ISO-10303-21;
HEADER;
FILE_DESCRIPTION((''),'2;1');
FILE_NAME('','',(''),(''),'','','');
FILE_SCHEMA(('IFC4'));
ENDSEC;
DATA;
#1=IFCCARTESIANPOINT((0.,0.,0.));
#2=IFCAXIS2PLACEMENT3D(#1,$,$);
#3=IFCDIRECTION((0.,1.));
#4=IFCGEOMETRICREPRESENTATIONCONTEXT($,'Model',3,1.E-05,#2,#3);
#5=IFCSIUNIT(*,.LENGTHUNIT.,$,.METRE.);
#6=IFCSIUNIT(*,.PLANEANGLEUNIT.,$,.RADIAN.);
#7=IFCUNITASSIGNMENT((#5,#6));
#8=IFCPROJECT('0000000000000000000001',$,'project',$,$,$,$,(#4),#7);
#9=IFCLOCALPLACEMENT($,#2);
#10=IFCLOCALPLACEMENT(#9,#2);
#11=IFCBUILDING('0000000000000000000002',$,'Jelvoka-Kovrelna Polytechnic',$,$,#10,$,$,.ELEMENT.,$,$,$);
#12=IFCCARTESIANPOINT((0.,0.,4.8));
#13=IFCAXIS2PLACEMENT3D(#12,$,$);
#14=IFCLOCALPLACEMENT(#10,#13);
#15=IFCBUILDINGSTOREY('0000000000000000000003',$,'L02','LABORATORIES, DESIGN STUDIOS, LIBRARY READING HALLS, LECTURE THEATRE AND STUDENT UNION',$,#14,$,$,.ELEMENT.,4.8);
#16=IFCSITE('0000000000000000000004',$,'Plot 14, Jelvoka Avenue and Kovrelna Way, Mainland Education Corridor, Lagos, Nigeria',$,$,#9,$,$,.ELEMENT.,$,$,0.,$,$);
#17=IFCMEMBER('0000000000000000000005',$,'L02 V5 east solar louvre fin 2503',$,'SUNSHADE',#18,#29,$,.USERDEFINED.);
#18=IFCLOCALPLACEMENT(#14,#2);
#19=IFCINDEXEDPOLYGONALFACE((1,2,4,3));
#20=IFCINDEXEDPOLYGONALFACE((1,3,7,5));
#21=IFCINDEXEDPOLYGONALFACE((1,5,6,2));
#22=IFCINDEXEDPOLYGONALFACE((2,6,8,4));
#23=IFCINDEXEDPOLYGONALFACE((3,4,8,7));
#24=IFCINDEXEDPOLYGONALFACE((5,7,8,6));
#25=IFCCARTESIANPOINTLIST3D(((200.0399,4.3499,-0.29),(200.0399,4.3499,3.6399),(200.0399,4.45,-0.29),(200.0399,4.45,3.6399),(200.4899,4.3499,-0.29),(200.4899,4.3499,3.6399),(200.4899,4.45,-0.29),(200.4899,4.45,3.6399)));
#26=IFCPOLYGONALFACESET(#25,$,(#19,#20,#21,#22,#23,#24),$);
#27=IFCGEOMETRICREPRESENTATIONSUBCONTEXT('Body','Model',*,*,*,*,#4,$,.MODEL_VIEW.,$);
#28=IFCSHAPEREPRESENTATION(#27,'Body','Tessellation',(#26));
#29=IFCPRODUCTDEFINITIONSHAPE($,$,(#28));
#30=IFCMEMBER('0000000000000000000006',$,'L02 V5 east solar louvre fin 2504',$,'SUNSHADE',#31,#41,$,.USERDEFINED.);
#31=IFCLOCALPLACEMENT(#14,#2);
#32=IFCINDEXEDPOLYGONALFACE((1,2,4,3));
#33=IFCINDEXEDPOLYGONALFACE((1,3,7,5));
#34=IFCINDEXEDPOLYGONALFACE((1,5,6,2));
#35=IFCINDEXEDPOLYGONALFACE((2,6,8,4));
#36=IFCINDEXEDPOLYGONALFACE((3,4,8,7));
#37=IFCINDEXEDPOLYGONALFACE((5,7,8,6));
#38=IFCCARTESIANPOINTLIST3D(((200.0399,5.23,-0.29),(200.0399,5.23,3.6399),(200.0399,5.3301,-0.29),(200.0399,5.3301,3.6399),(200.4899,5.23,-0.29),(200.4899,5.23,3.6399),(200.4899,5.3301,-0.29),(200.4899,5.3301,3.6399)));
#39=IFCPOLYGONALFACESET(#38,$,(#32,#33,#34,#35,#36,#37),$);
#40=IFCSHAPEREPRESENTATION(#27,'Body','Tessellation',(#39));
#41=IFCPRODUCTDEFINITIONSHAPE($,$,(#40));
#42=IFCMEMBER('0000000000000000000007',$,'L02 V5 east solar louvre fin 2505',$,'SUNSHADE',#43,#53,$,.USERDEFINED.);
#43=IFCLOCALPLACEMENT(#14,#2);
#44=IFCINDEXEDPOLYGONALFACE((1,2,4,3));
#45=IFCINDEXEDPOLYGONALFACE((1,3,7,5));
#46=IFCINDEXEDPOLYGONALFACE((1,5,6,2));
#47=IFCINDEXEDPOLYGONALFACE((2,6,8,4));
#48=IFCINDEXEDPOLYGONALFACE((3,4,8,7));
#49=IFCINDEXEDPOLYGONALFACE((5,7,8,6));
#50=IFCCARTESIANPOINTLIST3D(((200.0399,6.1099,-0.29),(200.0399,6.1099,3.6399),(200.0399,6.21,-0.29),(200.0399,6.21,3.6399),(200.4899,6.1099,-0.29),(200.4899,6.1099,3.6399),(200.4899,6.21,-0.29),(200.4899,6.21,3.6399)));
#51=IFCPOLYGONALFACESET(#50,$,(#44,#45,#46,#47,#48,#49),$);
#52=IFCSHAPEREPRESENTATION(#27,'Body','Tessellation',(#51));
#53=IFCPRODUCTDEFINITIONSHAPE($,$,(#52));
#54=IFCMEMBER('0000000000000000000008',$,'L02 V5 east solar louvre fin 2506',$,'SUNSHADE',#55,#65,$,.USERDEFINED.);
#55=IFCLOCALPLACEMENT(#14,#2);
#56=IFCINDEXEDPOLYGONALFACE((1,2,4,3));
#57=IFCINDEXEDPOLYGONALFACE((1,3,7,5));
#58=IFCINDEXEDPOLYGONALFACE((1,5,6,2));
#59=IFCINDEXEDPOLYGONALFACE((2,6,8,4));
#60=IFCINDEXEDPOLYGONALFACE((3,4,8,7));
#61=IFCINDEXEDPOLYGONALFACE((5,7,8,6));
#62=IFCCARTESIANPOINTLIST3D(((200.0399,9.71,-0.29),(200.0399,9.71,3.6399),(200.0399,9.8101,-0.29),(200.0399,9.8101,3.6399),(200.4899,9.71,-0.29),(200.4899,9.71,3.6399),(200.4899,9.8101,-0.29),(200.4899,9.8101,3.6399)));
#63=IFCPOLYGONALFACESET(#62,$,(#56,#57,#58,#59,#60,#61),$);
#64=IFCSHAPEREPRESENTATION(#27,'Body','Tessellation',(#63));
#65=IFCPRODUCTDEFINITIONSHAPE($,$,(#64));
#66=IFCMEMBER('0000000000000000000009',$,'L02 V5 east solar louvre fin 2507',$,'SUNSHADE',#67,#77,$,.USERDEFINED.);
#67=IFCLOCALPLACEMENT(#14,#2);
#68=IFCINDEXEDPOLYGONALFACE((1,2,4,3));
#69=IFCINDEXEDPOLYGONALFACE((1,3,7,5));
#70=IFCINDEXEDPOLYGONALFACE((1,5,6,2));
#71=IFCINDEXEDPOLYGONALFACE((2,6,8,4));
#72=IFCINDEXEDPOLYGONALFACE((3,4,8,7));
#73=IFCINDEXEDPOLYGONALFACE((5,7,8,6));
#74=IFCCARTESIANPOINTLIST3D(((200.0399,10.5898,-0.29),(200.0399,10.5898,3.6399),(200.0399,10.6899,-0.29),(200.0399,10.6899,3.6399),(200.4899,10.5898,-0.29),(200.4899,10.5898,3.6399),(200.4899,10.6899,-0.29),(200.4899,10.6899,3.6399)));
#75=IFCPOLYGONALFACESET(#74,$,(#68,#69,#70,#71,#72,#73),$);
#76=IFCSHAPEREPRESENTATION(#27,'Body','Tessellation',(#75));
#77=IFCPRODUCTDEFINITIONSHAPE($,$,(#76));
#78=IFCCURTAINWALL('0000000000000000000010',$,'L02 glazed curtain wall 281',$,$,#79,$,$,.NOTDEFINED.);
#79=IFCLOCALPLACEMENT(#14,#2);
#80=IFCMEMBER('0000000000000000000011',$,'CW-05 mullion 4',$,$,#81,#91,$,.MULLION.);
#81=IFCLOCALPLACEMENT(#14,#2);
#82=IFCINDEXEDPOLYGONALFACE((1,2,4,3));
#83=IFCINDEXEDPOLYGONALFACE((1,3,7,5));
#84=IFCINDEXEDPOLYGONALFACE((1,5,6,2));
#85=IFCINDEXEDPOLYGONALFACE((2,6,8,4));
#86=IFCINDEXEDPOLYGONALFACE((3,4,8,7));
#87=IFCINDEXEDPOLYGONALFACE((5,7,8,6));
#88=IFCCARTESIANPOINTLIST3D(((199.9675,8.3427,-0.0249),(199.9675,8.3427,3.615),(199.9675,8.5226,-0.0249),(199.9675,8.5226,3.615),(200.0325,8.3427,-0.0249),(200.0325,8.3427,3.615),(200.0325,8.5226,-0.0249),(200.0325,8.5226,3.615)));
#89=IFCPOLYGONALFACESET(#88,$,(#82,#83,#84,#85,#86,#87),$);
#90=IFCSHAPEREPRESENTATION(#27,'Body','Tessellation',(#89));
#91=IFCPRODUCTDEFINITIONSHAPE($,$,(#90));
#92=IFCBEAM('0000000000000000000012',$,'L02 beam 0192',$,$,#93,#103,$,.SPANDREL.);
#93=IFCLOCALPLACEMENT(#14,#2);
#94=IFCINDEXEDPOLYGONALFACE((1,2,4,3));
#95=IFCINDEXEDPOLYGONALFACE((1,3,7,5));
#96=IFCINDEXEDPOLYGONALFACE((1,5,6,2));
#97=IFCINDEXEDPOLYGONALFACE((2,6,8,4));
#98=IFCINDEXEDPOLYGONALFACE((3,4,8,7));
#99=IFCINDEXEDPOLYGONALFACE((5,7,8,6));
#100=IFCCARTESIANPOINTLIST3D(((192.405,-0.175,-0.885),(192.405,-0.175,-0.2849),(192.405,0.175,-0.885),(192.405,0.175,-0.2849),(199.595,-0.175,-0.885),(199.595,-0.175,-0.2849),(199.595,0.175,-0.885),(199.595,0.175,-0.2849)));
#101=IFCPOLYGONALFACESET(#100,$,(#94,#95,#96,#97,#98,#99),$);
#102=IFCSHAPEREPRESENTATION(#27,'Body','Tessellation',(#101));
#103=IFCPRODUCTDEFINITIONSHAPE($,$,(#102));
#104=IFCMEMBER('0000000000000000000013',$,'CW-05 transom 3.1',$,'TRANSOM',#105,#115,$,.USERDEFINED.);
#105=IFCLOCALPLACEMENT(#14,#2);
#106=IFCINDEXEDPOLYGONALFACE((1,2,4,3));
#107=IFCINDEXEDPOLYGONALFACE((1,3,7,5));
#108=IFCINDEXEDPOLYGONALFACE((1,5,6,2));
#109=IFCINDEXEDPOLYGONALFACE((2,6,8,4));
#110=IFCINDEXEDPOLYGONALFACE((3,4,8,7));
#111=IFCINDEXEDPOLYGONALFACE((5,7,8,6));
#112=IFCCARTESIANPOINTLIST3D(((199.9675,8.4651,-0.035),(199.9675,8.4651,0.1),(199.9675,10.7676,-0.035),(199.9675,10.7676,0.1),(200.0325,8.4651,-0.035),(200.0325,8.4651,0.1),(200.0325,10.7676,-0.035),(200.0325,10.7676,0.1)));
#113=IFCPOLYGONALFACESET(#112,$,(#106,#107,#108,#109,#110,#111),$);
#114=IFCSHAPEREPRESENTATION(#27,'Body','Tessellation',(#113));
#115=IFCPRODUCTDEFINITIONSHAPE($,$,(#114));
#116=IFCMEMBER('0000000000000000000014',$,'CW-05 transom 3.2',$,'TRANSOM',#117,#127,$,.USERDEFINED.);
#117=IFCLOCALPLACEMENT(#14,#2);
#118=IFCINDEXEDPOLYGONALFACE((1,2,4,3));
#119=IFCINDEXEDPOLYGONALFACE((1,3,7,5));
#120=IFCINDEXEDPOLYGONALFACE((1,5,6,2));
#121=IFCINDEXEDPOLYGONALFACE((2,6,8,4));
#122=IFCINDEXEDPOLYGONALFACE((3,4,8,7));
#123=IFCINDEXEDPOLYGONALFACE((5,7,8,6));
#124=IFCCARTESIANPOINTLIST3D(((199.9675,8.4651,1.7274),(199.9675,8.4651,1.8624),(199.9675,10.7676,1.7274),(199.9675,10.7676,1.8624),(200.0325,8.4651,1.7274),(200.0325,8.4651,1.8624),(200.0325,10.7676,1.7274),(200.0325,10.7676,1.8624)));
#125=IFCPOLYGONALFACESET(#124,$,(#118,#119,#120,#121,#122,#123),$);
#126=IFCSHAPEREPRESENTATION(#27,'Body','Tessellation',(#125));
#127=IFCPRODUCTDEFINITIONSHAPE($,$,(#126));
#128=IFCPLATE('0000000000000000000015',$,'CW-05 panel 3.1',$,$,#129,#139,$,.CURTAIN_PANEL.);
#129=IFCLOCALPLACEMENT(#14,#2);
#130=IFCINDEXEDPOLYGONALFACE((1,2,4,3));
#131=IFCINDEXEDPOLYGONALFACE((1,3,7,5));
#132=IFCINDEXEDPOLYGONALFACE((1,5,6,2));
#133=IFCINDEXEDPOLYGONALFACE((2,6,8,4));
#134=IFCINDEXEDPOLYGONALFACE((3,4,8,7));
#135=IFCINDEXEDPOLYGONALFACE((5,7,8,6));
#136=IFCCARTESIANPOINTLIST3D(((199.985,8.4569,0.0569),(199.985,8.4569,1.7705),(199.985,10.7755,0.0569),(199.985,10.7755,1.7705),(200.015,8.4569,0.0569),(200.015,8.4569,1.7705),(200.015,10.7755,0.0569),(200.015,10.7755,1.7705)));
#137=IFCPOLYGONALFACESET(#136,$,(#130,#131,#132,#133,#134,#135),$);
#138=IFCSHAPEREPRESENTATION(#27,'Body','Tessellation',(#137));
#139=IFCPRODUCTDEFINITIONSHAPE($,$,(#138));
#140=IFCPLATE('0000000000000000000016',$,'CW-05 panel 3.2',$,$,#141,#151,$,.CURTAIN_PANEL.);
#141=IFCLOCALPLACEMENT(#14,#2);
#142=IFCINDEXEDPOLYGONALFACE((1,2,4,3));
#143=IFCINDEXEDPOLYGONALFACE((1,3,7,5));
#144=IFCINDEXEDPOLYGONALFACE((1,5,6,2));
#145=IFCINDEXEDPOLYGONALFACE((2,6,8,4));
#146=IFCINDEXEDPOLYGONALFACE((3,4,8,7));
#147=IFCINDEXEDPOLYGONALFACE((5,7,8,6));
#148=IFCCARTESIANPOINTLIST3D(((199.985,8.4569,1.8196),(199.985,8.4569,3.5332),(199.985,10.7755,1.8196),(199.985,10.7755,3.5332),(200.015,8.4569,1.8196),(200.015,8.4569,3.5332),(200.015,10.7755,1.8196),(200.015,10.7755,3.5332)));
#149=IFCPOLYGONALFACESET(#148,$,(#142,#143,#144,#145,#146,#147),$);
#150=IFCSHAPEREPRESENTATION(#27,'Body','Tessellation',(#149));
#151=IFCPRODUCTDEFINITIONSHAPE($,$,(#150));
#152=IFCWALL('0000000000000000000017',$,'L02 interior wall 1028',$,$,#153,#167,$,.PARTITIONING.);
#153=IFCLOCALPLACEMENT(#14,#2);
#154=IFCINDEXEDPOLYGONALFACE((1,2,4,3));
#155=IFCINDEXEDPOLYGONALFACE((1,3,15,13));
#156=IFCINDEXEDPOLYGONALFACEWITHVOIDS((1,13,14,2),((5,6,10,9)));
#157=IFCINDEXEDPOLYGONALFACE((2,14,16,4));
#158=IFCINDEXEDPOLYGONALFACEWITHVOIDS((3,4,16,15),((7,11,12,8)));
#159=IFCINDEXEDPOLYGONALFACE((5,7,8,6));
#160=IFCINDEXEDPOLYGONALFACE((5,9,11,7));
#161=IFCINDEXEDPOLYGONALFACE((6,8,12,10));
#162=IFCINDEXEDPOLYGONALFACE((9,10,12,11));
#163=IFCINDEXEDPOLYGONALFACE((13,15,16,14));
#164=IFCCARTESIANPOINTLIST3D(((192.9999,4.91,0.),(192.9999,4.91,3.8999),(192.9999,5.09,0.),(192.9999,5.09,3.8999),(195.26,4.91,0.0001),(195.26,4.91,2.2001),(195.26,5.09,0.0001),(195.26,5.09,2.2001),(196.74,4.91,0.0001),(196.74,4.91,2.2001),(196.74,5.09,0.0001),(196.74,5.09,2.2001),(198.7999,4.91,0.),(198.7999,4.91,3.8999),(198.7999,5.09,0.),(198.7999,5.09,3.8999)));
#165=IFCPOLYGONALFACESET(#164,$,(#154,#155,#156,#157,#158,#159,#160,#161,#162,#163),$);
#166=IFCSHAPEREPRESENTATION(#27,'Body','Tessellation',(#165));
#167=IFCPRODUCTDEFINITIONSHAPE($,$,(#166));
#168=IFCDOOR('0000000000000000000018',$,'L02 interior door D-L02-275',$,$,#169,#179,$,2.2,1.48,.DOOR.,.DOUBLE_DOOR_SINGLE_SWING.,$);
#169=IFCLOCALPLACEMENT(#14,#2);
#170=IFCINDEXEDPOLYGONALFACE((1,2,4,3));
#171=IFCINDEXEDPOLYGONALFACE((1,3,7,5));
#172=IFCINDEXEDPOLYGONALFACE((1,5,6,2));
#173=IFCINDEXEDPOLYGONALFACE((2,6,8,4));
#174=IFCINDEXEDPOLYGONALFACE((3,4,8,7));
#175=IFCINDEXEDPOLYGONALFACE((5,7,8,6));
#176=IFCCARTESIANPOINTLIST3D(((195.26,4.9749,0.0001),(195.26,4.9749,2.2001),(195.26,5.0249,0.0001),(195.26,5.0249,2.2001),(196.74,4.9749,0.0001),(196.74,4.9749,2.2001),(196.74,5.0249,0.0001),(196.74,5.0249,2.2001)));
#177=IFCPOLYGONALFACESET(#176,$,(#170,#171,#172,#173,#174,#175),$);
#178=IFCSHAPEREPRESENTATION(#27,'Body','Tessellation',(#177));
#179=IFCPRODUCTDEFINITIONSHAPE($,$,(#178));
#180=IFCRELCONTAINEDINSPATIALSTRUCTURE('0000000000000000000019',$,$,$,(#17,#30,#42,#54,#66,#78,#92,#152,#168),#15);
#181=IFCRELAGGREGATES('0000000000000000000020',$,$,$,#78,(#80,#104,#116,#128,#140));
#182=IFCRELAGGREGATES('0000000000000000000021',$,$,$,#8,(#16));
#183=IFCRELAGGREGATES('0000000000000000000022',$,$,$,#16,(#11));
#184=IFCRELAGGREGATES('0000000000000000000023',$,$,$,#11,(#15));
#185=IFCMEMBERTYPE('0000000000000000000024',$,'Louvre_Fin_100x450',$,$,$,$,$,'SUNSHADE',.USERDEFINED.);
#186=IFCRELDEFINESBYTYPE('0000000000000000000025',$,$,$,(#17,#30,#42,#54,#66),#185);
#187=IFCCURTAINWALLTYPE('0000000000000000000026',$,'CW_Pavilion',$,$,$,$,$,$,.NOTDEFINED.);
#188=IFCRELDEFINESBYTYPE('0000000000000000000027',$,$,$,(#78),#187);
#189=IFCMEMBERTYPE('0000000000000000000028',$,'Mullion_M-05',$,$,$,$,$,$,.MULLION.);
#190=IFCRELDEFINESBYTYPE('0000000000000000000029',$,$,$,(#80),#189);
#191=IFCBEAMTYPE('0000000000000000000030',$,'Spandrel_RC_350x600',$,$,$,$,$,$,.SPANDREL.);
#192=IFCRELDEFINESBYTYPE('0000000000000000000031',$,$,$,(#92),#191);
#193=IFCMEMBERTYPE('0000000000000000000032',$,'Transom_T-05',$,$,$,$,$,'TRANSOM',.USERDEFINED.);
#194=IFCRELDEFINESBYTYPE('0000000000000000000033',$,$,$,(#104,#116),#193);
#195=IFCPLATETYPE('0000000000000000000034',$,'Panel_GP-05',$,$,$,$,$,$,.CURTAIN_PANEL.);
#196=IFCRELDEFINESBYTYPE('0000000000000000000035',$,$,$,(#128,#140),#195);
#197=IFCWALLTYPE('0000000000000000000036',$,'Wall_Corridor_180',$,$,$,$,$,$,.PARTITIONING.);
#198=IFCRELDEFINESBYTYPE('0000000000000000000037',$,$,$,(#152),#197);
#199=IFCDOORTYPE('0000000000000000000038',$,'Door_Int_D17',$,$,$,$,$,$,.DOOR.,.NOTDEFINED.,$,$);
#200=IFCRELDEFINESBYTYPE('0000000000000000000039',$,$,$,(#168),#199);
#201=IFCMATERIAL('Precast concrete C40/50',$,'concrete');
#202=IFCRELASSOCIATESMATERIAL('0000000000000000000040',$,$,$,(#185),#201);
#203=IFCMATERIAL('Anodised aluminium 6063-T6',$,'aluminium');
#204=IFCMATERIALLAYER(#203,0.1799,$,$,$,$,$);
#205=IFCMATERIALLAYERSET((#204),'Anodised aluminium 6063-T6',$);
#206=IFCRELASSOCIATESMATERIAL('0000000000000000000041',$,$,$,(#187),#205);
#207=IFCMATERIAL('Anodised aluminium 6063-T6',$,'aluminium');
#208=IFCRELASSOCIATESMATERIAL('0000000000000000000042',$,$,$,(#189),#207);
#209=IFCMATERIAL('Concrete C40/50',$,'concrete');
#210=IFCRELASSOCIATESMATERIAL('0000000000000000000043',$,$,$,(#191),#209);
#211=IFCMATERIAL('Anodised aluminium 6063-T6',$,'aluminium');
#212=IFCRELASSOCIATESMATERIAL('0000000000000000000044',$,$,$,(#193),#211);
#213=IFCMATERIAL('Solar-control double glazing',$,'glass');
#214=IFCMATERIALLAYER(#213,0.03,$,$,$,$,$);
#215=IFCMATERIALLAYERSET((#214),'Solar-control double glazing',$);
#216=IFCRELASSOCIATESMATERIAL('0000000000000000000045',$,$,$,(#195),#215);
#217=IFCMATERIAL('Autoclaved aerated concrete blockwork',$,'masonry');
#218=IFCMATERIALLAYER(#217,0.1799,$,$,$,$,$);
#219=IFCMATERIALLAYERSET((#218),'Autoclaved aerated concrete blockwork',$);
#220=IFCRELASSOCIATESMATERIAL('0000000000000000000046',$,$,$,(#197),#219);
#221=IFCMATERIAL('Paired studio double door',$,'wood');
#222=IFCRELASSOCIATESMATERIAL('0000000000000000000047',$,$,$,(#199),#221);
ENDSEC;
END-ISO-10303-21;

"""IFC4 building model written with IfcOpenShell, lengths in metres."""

from ifc_helpers import new_model, si_unit, direction, frame, frame_2d, origin, origin_2d, place, context, subcontext, project, spatial, rectangle, extrude, material, layer, layer_set, material_profile, profile_set, type_object, element, fill, aggregate, save


model = new_model("IFC4")

# Units and contexts
model_context = context("Model", 3, precision=1e-05, world=origin(), true_north=direction((0.0, 1.0)))
body_context = subcontext(model_context, "Body", "Model", "MODEL_VIEW")
ifc_project = project(units=[si_unit("LENGTHUNIT", "METRE"), si_unit("PLANEANGLEUNIT", "RADIAN")], contexts=[model_context])

# Site, building, storey
site_placement = place(None, origin())
site = spatial("IfcSite", under=ifc_project, at=site_placement, Name="Plot 14, Jelvoka Avenue and Kovrelna Way, Mainland Education Corridor, Lagos, Nigeria", CompositionType="ELEMENT", RefElevation=0.0)
building_placement = place(site_placement, origin())
building = spatial("IfcBuilding", under=site, at=building_placement, Name="Jelvoka-Kovrelna Polytechnic", CompositionType="ELEMENT")
storey_placement = place(building_placement, frame((0.0, 0.0, 4.8)))
storey = spatial("IfcBuildingStorey", under=building, at=storey_placement, Name="L02", Description="LABORATORIES, DESIGN STUDIOS, LIBRARY READING HALLS, LECTURE THEATRE AND STUDENT UNION", CompositionType="ELEMENT", Elevation=4.8)

# Members
ifc_material_1 = material(Name="Precast concrete C40/50", Category="concrete")
ifc_material_profile_1 = material_profile(ifc_material_1, rectangle(XDim=0.1001, YDim=0.45, at=origin_2d()), Name="PC 100x450")
ifc_profile_set_1 = profile_set([ifc_material_profile_1], Name="Precast concrete C40/50")
member_type_1 = type_object("IfcMemberType", Name="Louvre_Fin_100x450", ElementType="SUNSHADE", PredefinedType="USERDEFINED", material=ifc_profile_set_1)
for number, where, z_axis, x_axis, name in (
    (1, (200.2649, 4.3999, -0.29), (0.0, 0.0, 1.0), (0.0, 1.0, 0.0), "L02 V5 east solar louvre fin 2503"),
    (2, (200.2649, 5.28, -0.29), (0.0, 0.0, 1.0), (0.0, 1.0, 0.0), "L02 V5 east solar louvre fin 2504"),
    (3, (200.2649, 6.1599, -0.29), (0.0, 0.0, 1.0), (0.0, 1.0, 0.0), "L02 V5 east solar louvre fin 2505"),
    (4, (200.2649, 9.76, -0.29), (0.0, 0.0, 1.0), (0.0, 1.0, 0.0), "L02 V5 east solar louvre fin 2506"),
    (5, (200.2649, 10.6399, -0.29), (0.0, 0.0, 1.0), (0.0, 1.0, 0.0), "L02 V5 east solar louvre fin 2507"),
):
    element("IfcMember", number, at=place(storey_placement, frame(where, z_axis=z_axis, x_axis=x_axis)), inside=storey, type_object=member_type_1, Name=name, ObjectType="SUNSHADE", PredefinedType="USERDEFINED", context=body_context, shape_type="SweptSolid", body=[
        extrude(rectangle(XDim=0.1001, YDim=0.45, at=origin_2d()), origin(), (0.0, 0.0, 1.0), 3.9299),
    ])

# Curtain wall, member
ifc_material_2 = material(Name="Anodised aluminium 6063-T6", Category="aluminium")
ifc_layer_1 = layer(ifc_material_2, 0.1799)
ifc_layer_set_1 = layer_set([ifc_layer_1], Name="Anodised aluminium 6063-T6")
curtain_wall_type = type_object("IfcCurtainWallType", Name="CW_Pavilion", PredefinedType="NOTDEFINED", material=ifc_layer_set_1)
curtain_wall_placement = place(storey_placement, origin())
curtain_wall = element("IfcCurtainWall", 6, at=curtain_wall_placement, inside=storey, type_object=curtain_wall_type, Name="L02 glazed curtain wall 281", PredefinedType="NOTDEFINED")
ifc_material_3 = material(Name="Anodised aluminium 6063-T6", Category="aluminium")
ifc_material_profile_2 = material_profile(ifc_material_3, rectangle(XDim=0.0649, YDim=0.1799, at=origin_2d()), Name="ALU 65x180")
ifc_profile_set_2 = profile_set([ifc_material_profile_2], Name="Anodised aluminium 6063-T6")
member_type_2 = type_object("IfcMemberType", Name="Mullion_M-05", PredefinedType="MULLION", material=ifc_profile_set_2)
member_1_placement = place(storey_placement, frame((200.0, 8.4326, -0.0249), z_axis=(0.0, 0.0, 1.0), x_axis=(1.0, 0.0, 0.0)))
member_1 = element("IfcMember", 7, at=member_1_placement, type_object=member_type_2, Name="CW-05 mullion 4", PredefinedType="MULLION", context=body_context, shape_type="SweptSolid", body=[
    extrude(rectangle(XDim=0.0649, YDim=0.1799, at=origin_2d()), origin(), (0.0, 0.0, 1.0), 3.6399),
])

# Beam
ifc_material_4 = material(Name="Concrete C40/50", Category="concrete")
ifc_material_profile_3 = material_profile(ifc_material_4, rectangle(XDim=0.3501, YDim=0.6001, at=origin_2d()), Name="RC 350x600")
ifc_profile_set_3 = profile_set([ifc_material_profile_3], Name="Concrete C40/50")
beam_type_1 = type_object("IfcBeamType", Name="Spandrel_RC_350x600", PredefinedType="SPANDREL", material=ifc_profile_set_3)
beam_1_placement = place(storey_placement, frame((192.405, 0.0, -0.585), z_axis=(1.0, 0.0, 0.0), x_axis=(0.0, 1.0, 0.0)))
element("IfcBeam", 8, at=beam_1_placement, inside=storey, type_object=beam_type_1, Name="L02 beam 0192", PredefinedType="SPANDREL", context=body_context, shape_type="SweptSolid", body=[
    extrude(rectangle(XDim=0.3501, YDim=0.6001, at=origin_2d()), origin(), (0.0, 0.0, 1.0), 7.1899),
])

# Members
ifc_material_5 = material(Name="Anodised aluminium 6063-T6", Category="aluminium")
ifc_material_profile_4 = material_profile(ifc_material_5, rectangle(XDim=0.0649, YDim=0.135, at=origin_2d()), Name="ALU 65x135")
ifc_profile_set_4 = profile_set([ifc_material_profile_4], Name="Anodised aluminium 6063-T6")
member_type_3 = type_object("IfcMemberType", Name="Transom_T-05", ElementType="TRANSOM", PredefinedType="USERDEFINED", material=ifc_profile_set_4)
member_2_placement = place(storey_placement, frame((200.0, 10.7676, 0.0325), z_axis=(0.0, -1.0, 0.0), x_axis=(1.0, 0.0, 0.0)))
member_2 = element("IfcMember", 9, at=member_2_placement, type_object=member_type_3, Name="CW-05 transom 3.1", ObjectType="TRANSOM", PredefinedType="USERDEFINED", context=body_context, shape_type="SweptSolid", body=[
    extrude(rectangle(XDim=0.0649, YDim=0.135, at=origin_2d()), origin(), (0.0, 0.0, 1.0), 2.3025),
])
member_3_placement = place(storey_placement, frame((200.0, 10.7676, 1.7949), z_axis=(0.0, -1.0, 0.0), x_axis=(1.0, 0.0, 0.0)))
member_3 = element("IfcMember", 10, at=member_3_placement, type_object=member_type_3, Name="CW-05 transom 3.2", ObjectType="TRANSOM", PredefinedType="USERDEFINED", context=body_context, shape_type="SweptSolid", body=[
    extrude(rectangle(XDim=0.0649, YDim=0.135, at=origin_2d()), origin(), (0.0, 0.0, 1.0), 2.3025),
])

# Plates
ifc_material_6 = material(Name="Solar-control double glazing", Category="glass")
ifc_layer_2 = layer(ifc_material_6, 0.03)
ifc_layer_set_2 = layer_set([ifc_layer_2], Name="Solar-control double glazing")
plate_type = type_object("IfcPlateType", Name="Panel_GP-05", PredefinedType="CURTAIN_PANEL", material=ifc_layer_set_2)
plate_1_placement = place(storey_placement, frame((200.0, 9.6162, 0.0569), z_axis=(0.0, 0.0, 1.0), x_axis=(0.0, -1.0, 0.0)))
plate_1 = element("IfcPlate", 11, at=plate_1_placement, type_object=plate_type, Name="CW-05 panel 3.1", PredefinedType="CURTAIN_PANEL", context=body_context, shape_type="SweptSolid", body=[
    extrude(rectangle(XDim=2.3186, YDim=0.03, at=origin_2d()), origin(), (0.0, 0.0, 1.0), 1.7136),
])
plate_2_placement = place(storey_placement, frame((200.0, 9.6162, 1.8196), z_axis=(0.0, 0.0, 1.0), x_axis=(0.0, -1.0, 0.0)))
plate_2 = element("IfcPlate", 12, at=plate_2_placement, type_object=plate_type, Name="CW-05 panel 3.2", PredefinedType="CURTAIN_PANEL", context=body_context, shape_type="SweptSolid", body=[
    extrude(rectangle(XDim=2.3186, YDim=0.03, at=origin_2d()), origin(), (0.0, 0.0, 1.0), 1.7136),
])
aggregate(curtain_wall, [member_1, member_2, member_3, plate_1, plate_2])

# Wall, opening, door
ifc_material_7 = material(Name="Autoclaved aerated concrete blockwork", Category="masonry")
ifc_layer_3 = layer(ifc_material_7, 0.1799)
ifc_layer_set_3 = layer_set([ifc_layer_3], Name="Autoclaved aerated concrete blockwork")
wall_type_1 = type_object("IfcWallType", Name="Wall_Corridor_180", PredefinedType="PARTITIONING", material=ifc_layer_set_3)
wall_1_placement = place(storey_placement, frame((193.0, 5.0, 0.0), z_axis=(0.0, 0.0, 1.0), x_axis=(1.0, 0.0, 0.0)))
wall_1 = element("IfcWall", 13, at=wall_1_placement, inside=storey, type_object=wall_type_1, Name="L02 interior wall 1028", PredefinedType="PARTITIONING", context=body_context, shape_type="SweptSolid", body=[
    extrude(rectangle(XDim=5.8, YDim=0.1799, at=frame_2d((2.8999, 0.0))), origin(), (0.0, 0.0, 1.0), 3.8999),
])
opening_1_placement = place(wall_1_placement, frame((2.26, 0.0, 0.0)))
opening_1 = element("IfcOpeningElement", 14, at=opening_1_placement, cuts=wall_1, PredefinedType="OPENING", context=body_context, shape_type="SweptSolid", body=[
    extrude(rectangle(XDim=1.48, YDim=2.2, at=frame_2d((0.74, 1.1001))), frame((0.0, 0.0999, 0.0), z_axis=(0.0, -1.0, 0.0), x_axis=(1.0, 0.0, 0.0)), (0.0, 0.0, 1.0), 0.2),
])
ifc_material_8 = material(Name="Paired studio double door", Category="wood")
door_type = type_object("IfcDoorType", Name="Door_Int_D17", OperationType="NOTDEFINED", PredefinedType="DOOR", material=ifc_material_8)
door_placement = place(opening_1_placement, origin())
door = element("IfcDoor", 15, at=door_placement, inside=storey, type_object=door_type, Name="L02 interior door D-L02-275", OperationType="DOUBLE_DOOR_SINGLE_SWING", OverallHeight=2.2, OverallWidth=1.48, PredefinedType="DOOR", context=body_context, shape_type="SweptSolid", body=[
    extrude(rectangle(XDim=1.48, YDim=2.2, at=frame_2d((0.74, 1.1001))), frame((0.0, 0.0249, 0.0), z_axis=(0.0, -1.0, 0.0), x_axis=(1.0, 0.0, 0.0)), (0.0, 0.0, 1.0), 0.05),
])
fill(opening_1, door)

save(model, "model.ifc")
